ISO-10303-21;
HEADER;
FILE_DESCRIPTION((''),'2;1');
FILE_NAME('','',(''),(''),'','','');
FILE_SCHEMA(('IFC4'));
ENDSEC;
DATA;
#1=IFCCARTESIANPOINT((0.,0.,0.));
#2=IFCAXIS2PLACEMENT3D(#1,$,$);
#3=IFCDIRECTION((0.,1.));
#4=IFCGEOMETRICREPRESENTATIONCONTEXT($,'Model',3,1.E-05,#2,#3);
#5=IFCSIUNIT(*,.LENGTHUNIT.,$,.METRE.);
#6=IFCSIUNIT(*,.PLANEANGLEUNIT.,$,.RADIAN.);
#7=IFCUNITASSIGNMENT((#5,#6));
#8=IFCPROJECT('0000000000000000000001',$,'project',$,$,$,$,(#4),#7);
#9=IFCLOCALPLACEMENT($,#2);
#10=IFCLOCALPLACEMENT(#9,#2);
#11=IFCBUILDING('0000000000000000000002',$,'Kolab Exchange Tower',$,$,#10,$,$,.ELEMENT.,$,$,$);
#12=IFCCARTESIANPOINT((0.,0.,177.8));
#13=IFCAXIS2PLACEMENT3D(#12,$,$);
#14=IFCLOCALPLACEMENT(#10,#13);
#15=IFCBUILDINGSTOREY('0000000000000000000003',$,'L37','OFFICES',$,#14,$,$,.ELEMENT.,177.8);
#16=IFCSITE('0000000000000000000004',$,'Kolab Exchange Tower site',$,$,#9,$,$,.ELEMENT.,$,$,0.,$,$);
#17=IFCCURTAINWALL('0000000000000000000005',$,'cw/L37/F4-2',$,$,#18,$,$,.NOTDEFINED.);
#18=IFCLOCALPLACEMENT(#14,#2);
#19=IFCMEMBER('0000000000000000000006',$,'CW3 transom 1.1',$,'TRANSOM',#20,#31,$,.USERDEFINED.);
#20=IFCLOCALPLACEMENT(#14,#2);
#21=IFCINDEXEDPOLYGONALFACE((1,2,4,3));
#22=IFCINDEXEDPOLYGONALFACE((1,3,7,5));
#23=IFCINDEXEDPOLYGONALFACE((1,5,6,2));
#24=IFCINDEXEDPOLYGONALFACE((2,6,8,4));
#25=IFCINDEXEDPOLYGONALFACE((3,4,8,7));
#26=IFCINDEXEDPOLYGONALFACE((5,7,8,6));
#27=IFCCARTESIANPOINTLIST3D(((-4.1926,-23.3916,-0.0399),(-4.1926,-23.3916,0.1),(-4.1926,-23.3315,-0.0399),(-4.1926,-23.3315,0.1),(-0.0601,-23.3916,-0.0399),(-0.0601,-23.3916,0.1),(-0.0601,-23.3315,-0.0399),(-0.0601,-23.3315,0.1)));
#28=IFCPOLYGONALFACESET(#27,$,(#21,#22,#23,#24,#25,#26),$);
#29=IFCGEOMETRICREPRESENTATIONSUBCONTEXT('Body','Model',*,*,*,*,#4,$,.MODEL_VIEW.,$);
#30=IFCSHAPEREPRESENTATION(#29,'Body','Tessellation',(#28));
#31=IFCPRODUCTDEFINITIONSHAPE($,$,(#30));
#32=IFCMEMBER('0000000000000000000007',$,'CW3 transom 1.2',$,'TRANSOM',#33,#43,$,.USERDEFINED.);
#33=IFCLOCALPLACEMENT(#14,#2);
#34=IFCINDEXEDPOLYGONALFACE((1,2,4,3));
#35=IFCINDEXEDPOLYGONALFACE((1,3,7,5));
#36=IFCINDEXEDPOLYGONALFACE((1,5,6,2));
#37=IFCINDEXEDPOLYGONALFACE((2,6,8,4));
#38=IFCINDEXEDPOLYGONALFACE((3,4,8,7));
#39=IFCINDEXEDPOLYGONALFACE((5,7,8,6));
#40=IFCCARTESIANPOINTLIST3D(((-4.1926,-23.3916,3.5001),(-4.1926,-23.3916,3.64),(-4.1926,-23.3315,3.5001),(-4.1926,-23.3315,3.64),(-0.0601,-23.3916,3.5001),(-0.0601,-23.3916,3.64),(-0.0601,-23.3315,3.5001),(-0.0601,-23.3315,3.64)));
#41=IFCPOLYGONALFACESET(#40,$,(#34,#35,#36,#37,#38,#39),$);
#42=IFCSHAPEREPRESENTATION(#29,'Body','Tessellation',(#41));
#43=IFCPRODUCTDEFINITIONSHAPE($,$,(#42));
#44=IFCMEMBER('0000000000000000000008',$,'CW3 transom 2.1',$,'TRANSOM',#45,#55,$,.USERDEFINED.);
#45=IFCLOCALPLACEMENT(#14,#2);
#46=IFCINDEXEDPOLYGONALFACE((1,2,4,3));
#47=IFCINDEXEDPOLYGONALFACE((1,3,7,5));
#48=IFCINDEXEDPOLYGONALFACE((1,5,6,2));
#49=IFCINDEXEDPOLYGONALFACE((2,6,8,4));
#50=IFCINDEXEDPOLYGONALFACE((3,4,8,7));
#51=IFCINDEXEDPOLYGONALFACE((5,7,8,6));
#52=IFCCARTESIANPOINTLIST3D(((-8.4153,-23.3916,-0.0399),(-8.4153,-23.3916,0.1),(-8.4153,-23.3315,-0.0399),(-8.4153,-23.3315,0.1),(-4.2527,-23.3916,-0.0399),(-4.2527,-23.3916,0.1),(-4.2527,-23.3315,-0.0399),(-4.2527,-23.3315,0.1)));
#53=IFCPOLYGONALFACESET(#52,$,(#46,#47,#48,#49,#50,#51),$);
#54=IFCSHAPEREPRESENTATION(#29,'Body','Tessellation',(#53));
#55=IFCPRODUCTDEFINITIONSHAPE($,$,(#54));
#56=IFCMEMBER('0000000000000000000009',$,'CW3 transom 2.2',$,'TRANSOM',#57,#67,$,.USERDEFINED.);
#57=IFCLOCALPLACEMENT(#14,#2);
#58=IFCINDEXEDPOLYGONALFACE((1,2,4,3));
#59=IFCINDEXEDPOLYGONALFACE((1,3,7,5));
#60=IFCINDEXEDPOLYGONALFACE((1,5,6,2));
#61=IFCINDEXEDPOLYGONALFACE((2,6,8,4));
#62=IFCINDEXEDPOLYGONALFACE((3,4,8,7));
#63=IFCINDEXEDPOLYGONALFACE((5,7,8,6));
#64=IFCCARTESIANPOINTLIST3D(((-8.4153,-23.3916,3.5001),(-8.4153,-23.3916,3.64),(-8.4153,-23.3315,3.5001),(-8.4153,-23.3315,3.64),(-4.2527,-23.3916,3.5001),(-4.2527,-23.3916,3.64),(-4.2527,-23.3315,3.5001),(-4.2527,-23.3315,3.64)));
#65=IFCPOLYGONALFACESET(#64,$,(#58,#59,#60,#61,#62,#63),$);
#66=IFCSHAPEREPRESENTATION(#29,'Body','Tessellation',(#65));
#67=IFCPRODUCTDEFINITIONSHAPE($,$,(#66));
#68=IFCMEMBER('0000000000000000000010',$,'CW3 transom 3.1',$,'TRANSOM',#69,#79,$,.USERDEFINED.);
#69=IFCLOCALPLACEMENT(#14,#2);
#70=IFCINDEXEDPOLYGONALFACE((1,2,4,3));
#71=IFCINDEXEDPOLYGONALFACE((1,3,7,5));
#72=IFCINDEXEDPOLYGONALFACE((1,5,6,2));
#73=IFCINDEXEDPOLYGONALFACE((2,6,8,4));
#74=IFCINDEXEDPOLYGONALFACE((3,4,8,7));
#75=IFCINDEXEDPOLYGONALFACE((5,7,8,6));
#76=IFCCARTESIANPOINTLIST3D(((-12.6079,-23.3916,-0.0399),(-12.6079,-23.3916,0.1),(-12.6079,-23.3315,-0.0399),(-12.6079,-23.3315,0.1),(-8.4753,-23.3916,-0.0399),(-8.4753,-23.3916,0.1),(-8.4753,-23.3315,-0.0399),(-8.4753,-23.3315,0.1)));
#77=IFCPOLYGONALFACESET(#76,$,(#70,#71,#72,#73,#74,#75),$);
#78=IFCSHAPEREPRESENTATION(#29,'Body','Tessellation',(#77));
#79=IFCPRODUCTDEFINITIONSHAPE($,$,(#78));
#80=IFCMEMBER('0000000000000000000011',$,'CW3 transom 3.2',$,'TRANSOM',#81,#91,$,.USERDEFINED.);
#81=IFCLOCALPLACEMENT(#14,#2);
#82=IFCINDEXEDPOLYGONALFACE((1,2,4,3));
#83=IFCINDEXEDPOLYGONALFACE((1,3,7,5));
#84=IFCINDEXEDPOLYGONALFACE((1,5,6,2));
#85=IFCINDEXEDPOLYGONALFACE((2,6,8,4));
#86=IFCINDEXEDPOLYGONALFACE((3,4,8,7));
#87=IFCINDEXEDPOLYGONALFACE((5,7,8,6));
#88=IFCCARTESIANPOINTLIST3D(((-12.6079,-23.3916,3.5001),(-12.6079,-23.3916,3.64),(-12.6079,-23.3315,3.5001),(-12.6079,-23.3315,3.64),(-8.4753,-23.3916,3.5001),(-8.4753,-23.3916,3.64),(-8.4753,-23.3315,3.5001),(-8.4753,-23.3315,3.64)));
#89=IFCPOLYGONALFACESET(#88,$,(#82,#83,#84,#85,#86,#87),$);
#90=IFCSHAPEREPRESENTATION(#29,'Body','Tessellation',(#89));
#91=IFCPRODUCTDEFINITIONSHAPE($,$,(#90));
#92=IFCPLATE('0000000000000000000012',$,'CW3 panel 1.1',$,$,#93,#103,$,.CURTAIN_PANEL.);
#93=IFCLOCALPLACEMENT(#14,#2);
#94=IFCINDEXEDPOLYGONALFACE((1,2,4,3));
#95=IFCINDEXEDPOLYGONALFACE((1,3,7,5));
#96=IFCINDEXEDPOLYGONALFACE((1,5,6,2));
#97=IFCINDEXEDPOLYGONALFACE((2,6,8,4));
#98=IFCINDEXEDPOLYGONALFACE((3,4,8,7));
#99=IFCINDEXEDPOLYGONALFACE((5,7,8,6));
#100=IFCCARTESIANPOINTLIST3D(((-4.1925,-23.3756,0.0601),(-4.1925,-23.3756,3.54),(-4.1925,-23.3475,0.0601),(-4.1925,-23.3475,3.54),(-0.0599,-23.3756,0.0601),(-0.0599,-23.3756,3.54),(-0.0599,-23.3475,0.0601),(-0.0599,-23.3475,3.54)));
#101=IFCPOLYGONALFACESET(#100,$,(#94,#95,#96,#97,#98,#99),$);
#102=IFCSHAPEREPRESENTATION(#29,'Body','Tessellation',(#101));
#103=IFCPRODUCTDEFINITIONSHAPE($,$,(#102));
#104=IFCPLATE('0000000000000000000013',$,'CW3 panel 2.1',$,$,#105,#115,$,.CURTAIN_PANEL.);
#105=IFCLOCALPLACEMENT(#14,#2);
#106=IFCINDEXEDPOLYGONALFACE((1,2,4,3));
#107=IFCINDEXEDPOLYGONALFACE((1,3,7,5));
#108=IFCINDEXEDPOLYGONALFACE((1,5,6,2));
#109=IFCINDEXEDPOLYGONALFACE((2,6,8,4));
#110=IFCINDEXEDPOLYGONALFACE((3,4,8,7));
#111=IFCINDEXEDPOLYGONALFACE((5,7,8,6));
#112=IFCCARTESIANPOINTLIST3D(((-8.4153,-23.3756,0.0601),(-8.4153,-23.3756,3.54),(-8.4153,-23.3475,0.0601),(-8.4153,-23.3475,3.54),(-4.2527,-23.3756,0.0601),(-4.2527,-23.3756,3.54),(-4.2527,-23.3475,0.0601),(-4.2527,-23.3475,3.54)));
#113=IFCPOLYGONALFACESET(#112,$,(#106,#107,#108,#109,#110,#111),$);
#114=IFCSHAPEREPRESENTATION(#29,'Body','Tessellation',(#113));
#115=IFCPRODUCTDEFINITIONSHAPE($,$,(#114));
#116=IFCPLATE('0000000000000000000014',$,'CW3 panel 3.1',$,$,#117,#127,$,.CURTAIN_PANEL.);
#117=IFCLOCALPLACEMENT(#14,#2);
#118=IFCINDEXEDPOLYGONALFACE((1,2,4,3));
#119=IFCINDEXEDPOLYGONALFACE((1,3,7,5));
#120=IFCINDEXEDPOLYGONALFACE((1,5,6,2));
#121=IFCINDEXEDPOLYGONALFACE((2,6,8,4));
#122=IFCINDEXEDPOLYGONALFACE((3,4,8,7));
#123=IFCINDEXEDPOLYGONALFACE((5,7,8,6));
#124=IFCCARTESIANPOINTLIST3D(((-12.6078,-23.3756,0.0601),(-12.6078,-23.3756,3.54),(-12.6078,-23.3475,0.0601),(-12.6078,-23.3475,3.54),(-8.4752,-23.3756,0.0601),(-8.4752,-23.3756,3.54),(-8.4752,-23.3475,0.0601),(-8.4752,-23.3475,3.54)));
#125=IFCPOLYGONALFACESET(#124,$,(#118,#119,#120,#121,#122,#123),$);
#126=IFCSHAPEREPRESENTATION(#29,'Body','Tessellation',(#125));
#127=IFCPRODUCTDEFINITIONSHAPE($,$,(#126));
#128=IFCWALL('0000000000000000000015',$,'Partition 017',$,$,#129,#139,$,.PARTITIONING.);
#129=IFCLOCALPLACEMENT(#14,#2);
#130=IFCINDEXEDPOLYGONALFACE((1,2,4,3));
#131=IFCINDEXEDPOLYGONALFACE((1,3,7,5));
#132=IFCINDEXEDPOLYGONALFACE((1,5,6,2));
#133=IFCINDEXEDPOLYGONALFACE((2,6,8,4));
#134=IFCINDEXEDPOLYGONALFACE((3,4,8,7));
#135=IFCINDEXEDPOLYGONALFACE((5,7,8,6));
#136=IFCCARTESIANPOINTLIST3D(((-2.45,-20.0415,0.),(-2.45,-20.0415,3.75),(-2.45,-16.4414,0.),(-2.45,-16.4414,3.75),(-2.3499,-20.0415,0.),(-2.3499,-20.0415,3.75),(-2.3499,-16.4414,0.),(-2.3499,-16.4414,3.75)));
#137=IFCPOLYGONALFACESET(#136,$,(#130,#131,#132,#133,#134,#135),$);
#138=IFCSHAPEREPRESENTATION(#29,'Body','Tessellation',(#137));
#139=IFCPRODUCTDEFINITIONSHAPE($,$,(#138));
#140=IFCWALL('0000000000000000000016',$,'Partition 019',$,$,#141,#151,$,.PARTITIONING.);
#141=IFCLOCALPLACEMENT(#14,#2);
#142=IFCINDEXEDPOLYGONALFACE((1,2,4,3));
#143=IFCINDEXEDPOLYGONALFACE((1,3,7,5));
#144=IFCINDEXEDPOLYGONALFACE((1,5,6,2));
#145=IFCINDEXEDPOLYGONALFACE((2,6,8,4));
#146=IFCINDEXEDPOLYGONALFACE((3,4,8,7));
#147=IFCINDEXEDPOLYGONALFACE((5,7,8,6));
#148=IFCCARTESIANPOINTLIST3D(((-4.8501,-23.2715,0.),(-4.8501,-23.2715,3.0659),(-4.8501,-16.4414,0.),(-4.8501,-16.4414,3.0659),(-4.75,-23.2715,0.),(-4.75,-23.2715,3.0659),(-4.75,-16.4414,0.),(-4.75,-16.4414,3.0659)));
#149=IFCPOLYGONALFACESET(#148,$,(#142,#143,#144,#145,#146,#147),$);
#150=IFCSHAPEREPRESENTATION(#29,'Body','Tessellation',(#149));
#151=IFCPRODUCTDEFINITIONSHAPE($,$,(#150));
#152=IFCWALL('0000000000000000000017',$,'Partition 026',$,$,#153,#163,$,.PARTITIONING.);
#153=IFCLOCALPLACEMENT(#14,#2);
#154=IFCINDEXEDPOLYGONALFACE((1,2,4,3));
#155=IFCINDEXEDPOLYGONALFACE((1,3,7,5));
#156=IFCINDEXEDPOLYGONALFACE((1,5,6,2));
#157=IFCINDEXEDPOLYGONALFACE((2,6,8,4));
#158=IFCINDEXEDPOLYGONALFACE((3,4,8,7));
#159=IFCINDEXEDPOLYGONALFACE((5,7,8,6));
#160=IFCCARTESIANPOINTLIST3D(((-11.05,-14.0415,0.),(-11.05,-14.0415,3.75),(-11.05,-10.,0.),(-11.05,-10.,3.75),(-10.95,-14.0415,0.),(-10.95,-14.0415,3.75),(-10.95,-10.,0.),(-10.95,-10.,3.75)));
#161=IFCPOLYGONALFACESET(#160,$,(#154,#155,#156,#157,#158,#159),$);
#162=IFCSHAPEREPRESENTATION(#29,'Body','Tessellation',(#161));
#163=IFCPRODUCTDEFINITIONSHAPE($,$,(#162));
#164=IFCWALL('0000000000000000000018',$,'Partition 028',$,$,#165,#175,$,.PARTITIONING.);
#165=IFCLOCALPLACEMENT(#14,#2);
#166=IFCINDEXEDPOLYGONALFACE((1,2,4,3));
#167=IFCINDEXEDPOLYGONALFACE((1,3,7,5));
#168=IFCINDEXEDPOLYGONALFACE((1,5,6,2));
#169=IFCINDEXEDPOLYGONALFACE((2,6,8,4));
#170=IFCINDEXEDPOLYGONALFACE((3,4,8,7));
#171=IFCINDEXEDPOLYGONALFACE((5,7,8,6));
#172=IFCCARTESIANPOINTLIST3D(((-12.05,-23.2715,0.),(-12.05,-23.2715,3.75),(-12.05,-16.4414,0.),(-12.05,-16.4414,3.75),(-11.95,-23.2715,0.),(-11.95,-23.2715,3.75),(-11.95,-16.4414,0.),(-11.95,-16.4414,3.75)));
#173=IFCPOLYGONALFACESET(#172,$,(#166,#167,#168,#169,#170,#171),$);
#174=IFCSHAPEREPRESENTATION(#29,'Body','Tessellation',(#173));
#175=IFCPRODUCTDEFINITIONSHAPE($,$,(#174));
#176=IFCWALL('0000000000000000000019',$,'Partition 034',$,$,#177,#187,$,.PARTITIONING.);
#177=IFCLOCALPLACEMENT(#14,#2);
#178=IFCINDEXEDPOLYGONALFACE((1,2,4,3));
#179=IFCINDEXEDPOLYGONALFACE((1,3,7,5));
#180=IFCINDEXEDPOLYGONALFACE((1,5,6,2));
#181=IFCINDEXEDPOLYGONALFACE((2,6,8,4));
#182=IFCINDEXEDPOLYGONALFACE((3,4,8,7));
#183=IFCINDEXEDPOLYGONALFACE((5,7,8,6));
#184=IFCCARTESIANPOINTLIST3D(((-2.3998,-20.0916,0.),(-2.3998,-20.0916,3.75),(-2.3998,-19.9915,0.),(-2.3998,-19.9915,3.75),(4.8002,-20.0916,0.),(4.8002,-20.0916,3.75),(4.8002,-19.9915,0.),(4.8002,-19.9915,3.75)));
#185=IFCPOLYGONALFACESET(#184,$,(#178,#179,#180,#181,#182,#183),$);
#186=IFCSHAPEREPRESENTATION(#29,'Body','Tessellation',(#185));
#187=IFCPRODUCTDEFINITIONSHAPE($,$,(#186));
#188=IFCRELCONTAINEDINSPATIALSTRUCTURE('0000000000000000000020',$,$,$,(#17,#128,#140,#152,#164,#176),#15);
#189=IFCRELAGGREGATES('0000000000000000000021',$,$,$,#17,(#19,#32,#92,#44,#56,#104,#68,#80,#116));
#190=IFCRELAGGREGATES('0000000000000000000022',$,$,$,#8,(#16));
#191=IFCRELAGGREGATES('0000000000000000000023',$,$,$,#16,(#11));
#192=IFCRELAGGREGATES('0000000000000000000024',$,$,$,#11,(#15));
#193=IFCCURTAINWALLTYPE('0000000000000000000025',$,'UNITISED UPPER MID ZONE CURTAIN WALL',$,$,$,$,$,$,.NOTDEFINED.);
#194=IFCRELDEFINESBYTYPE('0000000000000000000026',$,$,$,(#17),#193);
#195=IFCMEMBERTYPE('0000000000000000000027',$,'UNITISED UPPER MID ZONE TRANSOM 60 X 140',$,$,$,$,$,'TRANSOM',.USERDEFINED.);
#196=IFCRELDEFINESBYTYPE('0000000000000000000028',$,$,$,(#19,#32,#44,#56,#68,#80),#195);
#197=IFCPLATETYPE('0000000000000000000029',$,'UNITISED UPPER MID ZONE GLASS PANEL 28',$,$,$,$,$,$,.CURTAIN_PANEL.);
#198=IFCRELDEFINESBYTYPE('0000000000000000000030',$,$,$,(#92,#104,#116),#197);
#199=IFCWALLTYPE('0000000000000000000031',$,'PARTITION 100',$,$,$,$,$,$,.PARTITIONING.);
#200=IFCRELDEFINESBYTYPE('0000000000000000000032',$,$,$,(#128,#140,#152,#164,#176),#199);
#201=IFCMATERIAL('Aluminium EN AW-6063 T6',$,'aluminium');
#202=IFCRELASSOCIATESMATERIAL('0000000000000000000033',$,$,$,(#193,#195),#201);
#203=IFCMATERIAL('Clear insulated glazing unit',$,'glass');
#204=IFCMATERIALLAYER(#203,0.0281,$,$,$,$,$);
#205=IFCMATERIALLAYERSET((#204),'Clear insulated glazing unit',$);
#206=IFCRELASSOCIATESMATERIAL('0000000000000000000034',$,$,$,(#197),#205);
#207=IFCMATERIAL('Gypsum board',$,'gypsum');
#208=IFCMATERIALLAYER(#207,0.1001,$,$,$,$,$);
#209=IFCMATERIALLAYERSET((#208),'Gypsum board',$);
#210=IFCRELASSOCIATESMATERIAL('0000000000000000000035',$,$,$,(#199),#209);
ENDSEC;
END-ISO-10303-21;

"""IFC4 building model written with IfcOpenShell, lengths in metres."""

from ifc_helpers import new_model, si_unit, direction, frame, frame_2d, origin, origin_2d, place, context, subcontext, project, spatial, rectangle, extrude, material, layer, layer_set, material_profile, profile_set, type_object, element, aggregate, save


model = new_model("IFC4")

# Units and contexts
model_context = context("Model", 3, precision=1e-05, world=origin(), true_north=direction((0.0, 1.0)))
body_context = subcontext(model_context, "Body", "Model", "MODEL_VIEW")
ifc_project = project(units=[si_unit("LENGTHUNIT", "METRE"), si_unit("PLANEANGLEUNIT", "RADIAN")], contexts=[model_context])

# Site, building, storey
site_placement = place(None, origin())
site = spatial("IfcSite", under=ifc_project, at=site_placement, Name="Kolab Exchange Tower site", CompositionType="ELEMENT", RefElevation=0.0)
building_placement = place(site_placement, origin())
building = spatial("IfcBuilding", under=site, at=building_placement, Name="Kolab Exchange Tower", CompositionType="ELEMENT")
storey_placement = place(building_placement, frame((0.0, 0.0, 177.8)))
storey = spatial("IfcBuildingStorey", under=building, at=storey_placement, Name="L37", Description="OFFICES", CompositionType="ELEMENT", Elevation=177.8)

# Curtain wall, members, plates
ifc_material_1 = material(Name="Aluminium EN AW-6063 T6", Category="aluminium")
curtain_wall_type = type_object("IfcCurtainWallType", Name="UNITISED UPPER MID ZONE CURTAIN WALL", PredefinedType="NOTDEFINED", material=ifc_material_1)
curtain_wall_placement = place(storey_placement, origin())
curtain_wall = element("IfcCurtainWall", 1, at=curtain_wall_placement, inside=storey, type_object=curtain_wall_type, Name="cw/L37/F4-2", PredefinedType="NOTDEFINED")
ifc_material_profile_1 = material_profile(ifc_material_1, rectangle(XDim=0.0601, YDim=0.1399, at=origin_2d()), Name="RECT 60X140")
ifc_profile_set_1 = profile_set([ifc_material_profile_1], Name="Aluminium EN AW-6063 T6")
member_type_1 = type_object("IfcMemberType", Name="UNITISED UPPER MID ZONE TRANSOM 60 X 140", ElementType="TRANSOM", PredefinedType="USERDEFINED", material=ifc_profile_set_1)
member_1_placement = place(storey_placement, frame((-0.0601, -23.3616, 0.03), z_axis=(-1.0, 0.0, 0.0), x_axis=(0.0, -1.0, 0.0)))
member_1 = element("IfcMember", 2, at=member_1_placement, type_object=member_type_1, Name="CW3 transom 1.1", ObjectType="TRANSOM", PredefinedType="USERDEFINED", context=body_context, shape_type="SweptSolid", body=[
    extrude(rectangle(XDim=0.0601, YDim=0.1399, at=origin_2d()), origin(), (0.0, 0.0, 1.0), 4.1326),
])
member_2_placement = place(storey_placement, frame((-0.0601, -23.3616, 3.5701), z_axis=(-1.0, 0.0, 0.0), x_axis=(0.0, -1.0, 0.0)))
member_2 = element("IfcMember", 3, at=member_2_placement, type_object=member_type_1, Name="CW3 transom 1.2", ObjectType="TRANSOM", PredefinedType="USERDEFINED", context=body_context, shape_type="SweptSolid", body=[
    extrude(rectangle(XDim=0.0601, YDim=0.1399, at=origin_2d()), origin(), (0.0, 0.0, 1.0), 4.1326),
])
member_3_placement = place(storey_placement, frame((-4.2527, -23.3616, 0.03), z_axis=(-1.0, 0.0, 0.0), x_axis=(0.0, -1.0, 0.0)))
member_3 = element("IfcMember", 4, at=member_3_placement, type_object=member_type_1, Name="CW3 transom 2.1", ObjectType="TRANSOM", PredefinedType="USERDEFINED", context=body_context, shape_type="SweptSolid", body=[
    extrude(rectangle(XDim=0.0601, YDim=0.1399, at=origin_2d()), origin(), (0.0, 0.0, 1.0), 4.1626),
])
member_4_placement = place(storey_placement, frame((-4.2527, -23.3616, 3.5701), z_axis=(-1.0, 0.0, 0.0), x_axis=(0.0, -1.0, 0.0)))
member_4 = element("IfcMember", 5, at=member_4_placement, type_object=member_type_1, Name="CW3 transom 2.2", ObjectType="TRANSOM", PredefinedType="USERDEFINED", context=body_context, shape_type="SweptSolid", body=[
    extrude(rectangle(XDim=0.0601, YDim=0.1399, at=origin_2d()), origin(), (0.0, 0.0, 1.0), 4.1626),
])
member_5_placement = place(storey_placement, frame((-8.4753, -23.3616, 0.03), z_axis=(-1.0, 0.0, 0.0), x_axis=(0.0, -1.0, 0.0)))
member_5 = element("IfcMember", 6, at=member_5_placement, type_object=member_type_1, Name="CW3 transom 3.1", ObjectType="TRANSOM", PredefinedType="USERDEFINED", context=body_context, shape_type="SweptSolid", body=[
    extrude(rectangle(XDim=0.0601, YDim=0.1399, at=origin_2d()), origin(), (0.0, 0.0, 1.0), 4.1326),
])
member_6_placement = place(storey_placement, frame((-8.4753, -23.3616, 3.5701), z_axis=(-1.0, 0.0, 0.0), x_axis=(0.0, -1.0, 0.0)))
member_6 = element("IfcMember", 7, at=member_6_placement, type_object=member_type_1, Name="CW3 transom 3.2", ObjectType="TRANSOM", PredefinedType="USERDEFINED", context=body_context, shape_type="SweptSolid", body=[
    extrude(rectangle(XDim=0.0601, YDim=0.1399, at=origin_2d()), origin(), (0.0, 0.0, 1.0), 4.1326),
])
ifc_material_2 = material(Name="Clear insulated glazing unit", Category="glass")
ifc_layer_1 = layer(ifc_material_2, 0.0281)
ifc_layer_set_1 = layer_set([ifc_layer_1], Name="Clear insulated glazing unit")
plate_type = type_object("IfcPlateType", Name="UNITISED UPPER MID ZONE GLASS PANEL 28", PredefinedType="CURTAIN_PANEL", material=ifc_layer_set_1)
plate_1_placement = place(storey_placement, frame((-2.1262, -23.3616, 0.0601), z_axis=(0.0, 0.0, 1.0), x_axis=(-1.0, 0.0, 0.0)))
plate_1 = element("IfcPlate", 8, at=plate_1_placement, type_object=plate_type, Name="CW3 panel 1.1", PredefinedType="CURTAIN_PANEL", context=body_context, shape_type="SweptSolid", body=[
    extrude(rectangle(XDim=4.1326, YDim=0.0281, at=origin_2d()), origin(), (0.0, 0.0, 1.0), 3.48),
])
plate_2_placement = place(storey_placement, frame((-6.334, -23.3616, 0.0601), z_axis=(0.0, 0.0, 1.0), x_axis=(-1.0, 0.0, 0.0)))
plate_2 = element("IfcPlate", 9, at=plate_2_placement, type_object=plate_type, Name="CW3 panel 2.1", PredefinedType="CURTAIN_PANEL", context=body_context, shape_type="SweptSolid", body=[
    extrude(rectangle(XDim=4.1626, YDim=0.0281, at=origin_2d()), origin(), (0.0, 0.0, 1.0), 3.48),
])
plate_3_placement = place(storey_placement, frame((-10.5415, -23.3616, 0.0601), z_axis=(0.0, 0.0, 1.0), x_axis=(-1.0, 0.0, 0.0)))
plate_3 = element("IfcPlate", 10, at=plate_3_placement, type_object=plate_type, Name="CW3 panel 3.1", PredefinedType="CURTAIN_PANEL", context=body_context, shape_type="SweptSolid", body=[
    extrude(rectangle(XDim=4.1326, YDim=0.0281, at=origin_2d()), origin(), (0.0, 0.0, 1.0), 3.48),
])
aggregate(curtain_wall, [member_1, member_2, plate_1, member_3, member_4, plate_2, member_5, member_6, plate_3])

# Walls
ifc_material_3 = material(Name="Gypsum board", Category="gypsum")
ifc_layer_2 = layer(ifc_material_3, 0.1001)
ifc_layer_set_2 = layer_set([ifc_layer_2], Name="Gypsum board")
wall_type = type_object("IfcWallType", Name="PARTITION 100", PredefinedType="PARTITIONING", material=ifc_layer_set_2)
wall_1_placement = place(storey_placement, frame((-2.3999, -20.0415, 0.0), z_axis=(0.0, 0.0, 1.0), x_axis=(0.0, 1.0, 0.0)))
element("IfcWall", 11, at=wall_1_placement, inside=storey, type_object=wall_type, Name="Partition 017", PredefinedType="PARTITIONING", context=body_context, shape_type="SweptSolid", body=[
    extrude(rectangle(XDim=3.6001, YDim=0.1001, at=frame_2d((1.8, 0.0))), origin(), (0.0, 0.0, 1.0), 3.75),
])
wall_2_placement = place(storey_placement, frame((-4.8, -23.2715, 0.0), z_axis=(0.0, 0.0, 1.0), x_axis=(0.0, 1.0, 0.0)))
element("IfcWall", 12, at=wall_2_placement, inside=storey, type_object=wall_type, Name="Partition 019", PredefinedType="PARTITIONING", context=body_context, shape_type="SweptSolid", body=[
    extrude(rectangle(XDim=6.8301, YDim=0.1001, at=frame_2d((3.415, 0.0))), origin(), (0.0, 0.0, 1.0), 3.0659),
])
wall_3_placement = place(storey_placement, frame((-11.0, -14.0415, 0.0), z_axis=(0.0, 0.0, 1.0), x_axis=(0.0, 1.0, 0.0)))
element("IfcWall", 13, at=wall_3_placement, inside=storey, type_object=wall_type, Name="Partition 026", PredefinedType="PARTITIONING", context=body_context, shape_type="SweptSolid", body=[
    extrude(rectangle(XDim=4.0415, YDim=0.1001, at=frame_2d((2.0208, 0.0))), origin(), (0.0, 0.0, 1.0), 3.75),
])
wall_4_placement = place(storey_placement, frame((-12.0, -23.2715, 0.0), z_axis=(0.0, 0.0, 1.0), x_axis=(0.0, 1.0, 0.0)))
element("IfcWall", 14, at=wall_4_placement, inside=storey, type_object=wall_type, Name="Partition 028", PredefinedType="PARTITIONING", context=body_context, shape_type="SweptSolid", body=[
    extrude(rectangle(XDim=6.8301, YDim=0.1001, at=frame_2d((3.415, 0.0))), origin(), (0.0, 0.0, 1.0), 3.75),
])
wall_5_placement = place(storey_placement, frame((-2.3999, -20.0415, 0.0), z_axis=(0.0, 0.0, 1.0), x_axis=(1.0, 0.0, 0.0)))
element("IfcWall", 15, at=wall_5_placement, inside=storey, type_object=wall_type, Name="Partition 034", PredefinedType="PARTITIONING", context=body_context, shape_type="SweptSolid", body=[
    extrude(rectangle(XDim=7.2, YDim=0.1001, at=frame_2d((3.6001, 0.0))), origin(), (0.0, 0.0, 1.0), 3.75),
])

save(model, "model.ifc")
